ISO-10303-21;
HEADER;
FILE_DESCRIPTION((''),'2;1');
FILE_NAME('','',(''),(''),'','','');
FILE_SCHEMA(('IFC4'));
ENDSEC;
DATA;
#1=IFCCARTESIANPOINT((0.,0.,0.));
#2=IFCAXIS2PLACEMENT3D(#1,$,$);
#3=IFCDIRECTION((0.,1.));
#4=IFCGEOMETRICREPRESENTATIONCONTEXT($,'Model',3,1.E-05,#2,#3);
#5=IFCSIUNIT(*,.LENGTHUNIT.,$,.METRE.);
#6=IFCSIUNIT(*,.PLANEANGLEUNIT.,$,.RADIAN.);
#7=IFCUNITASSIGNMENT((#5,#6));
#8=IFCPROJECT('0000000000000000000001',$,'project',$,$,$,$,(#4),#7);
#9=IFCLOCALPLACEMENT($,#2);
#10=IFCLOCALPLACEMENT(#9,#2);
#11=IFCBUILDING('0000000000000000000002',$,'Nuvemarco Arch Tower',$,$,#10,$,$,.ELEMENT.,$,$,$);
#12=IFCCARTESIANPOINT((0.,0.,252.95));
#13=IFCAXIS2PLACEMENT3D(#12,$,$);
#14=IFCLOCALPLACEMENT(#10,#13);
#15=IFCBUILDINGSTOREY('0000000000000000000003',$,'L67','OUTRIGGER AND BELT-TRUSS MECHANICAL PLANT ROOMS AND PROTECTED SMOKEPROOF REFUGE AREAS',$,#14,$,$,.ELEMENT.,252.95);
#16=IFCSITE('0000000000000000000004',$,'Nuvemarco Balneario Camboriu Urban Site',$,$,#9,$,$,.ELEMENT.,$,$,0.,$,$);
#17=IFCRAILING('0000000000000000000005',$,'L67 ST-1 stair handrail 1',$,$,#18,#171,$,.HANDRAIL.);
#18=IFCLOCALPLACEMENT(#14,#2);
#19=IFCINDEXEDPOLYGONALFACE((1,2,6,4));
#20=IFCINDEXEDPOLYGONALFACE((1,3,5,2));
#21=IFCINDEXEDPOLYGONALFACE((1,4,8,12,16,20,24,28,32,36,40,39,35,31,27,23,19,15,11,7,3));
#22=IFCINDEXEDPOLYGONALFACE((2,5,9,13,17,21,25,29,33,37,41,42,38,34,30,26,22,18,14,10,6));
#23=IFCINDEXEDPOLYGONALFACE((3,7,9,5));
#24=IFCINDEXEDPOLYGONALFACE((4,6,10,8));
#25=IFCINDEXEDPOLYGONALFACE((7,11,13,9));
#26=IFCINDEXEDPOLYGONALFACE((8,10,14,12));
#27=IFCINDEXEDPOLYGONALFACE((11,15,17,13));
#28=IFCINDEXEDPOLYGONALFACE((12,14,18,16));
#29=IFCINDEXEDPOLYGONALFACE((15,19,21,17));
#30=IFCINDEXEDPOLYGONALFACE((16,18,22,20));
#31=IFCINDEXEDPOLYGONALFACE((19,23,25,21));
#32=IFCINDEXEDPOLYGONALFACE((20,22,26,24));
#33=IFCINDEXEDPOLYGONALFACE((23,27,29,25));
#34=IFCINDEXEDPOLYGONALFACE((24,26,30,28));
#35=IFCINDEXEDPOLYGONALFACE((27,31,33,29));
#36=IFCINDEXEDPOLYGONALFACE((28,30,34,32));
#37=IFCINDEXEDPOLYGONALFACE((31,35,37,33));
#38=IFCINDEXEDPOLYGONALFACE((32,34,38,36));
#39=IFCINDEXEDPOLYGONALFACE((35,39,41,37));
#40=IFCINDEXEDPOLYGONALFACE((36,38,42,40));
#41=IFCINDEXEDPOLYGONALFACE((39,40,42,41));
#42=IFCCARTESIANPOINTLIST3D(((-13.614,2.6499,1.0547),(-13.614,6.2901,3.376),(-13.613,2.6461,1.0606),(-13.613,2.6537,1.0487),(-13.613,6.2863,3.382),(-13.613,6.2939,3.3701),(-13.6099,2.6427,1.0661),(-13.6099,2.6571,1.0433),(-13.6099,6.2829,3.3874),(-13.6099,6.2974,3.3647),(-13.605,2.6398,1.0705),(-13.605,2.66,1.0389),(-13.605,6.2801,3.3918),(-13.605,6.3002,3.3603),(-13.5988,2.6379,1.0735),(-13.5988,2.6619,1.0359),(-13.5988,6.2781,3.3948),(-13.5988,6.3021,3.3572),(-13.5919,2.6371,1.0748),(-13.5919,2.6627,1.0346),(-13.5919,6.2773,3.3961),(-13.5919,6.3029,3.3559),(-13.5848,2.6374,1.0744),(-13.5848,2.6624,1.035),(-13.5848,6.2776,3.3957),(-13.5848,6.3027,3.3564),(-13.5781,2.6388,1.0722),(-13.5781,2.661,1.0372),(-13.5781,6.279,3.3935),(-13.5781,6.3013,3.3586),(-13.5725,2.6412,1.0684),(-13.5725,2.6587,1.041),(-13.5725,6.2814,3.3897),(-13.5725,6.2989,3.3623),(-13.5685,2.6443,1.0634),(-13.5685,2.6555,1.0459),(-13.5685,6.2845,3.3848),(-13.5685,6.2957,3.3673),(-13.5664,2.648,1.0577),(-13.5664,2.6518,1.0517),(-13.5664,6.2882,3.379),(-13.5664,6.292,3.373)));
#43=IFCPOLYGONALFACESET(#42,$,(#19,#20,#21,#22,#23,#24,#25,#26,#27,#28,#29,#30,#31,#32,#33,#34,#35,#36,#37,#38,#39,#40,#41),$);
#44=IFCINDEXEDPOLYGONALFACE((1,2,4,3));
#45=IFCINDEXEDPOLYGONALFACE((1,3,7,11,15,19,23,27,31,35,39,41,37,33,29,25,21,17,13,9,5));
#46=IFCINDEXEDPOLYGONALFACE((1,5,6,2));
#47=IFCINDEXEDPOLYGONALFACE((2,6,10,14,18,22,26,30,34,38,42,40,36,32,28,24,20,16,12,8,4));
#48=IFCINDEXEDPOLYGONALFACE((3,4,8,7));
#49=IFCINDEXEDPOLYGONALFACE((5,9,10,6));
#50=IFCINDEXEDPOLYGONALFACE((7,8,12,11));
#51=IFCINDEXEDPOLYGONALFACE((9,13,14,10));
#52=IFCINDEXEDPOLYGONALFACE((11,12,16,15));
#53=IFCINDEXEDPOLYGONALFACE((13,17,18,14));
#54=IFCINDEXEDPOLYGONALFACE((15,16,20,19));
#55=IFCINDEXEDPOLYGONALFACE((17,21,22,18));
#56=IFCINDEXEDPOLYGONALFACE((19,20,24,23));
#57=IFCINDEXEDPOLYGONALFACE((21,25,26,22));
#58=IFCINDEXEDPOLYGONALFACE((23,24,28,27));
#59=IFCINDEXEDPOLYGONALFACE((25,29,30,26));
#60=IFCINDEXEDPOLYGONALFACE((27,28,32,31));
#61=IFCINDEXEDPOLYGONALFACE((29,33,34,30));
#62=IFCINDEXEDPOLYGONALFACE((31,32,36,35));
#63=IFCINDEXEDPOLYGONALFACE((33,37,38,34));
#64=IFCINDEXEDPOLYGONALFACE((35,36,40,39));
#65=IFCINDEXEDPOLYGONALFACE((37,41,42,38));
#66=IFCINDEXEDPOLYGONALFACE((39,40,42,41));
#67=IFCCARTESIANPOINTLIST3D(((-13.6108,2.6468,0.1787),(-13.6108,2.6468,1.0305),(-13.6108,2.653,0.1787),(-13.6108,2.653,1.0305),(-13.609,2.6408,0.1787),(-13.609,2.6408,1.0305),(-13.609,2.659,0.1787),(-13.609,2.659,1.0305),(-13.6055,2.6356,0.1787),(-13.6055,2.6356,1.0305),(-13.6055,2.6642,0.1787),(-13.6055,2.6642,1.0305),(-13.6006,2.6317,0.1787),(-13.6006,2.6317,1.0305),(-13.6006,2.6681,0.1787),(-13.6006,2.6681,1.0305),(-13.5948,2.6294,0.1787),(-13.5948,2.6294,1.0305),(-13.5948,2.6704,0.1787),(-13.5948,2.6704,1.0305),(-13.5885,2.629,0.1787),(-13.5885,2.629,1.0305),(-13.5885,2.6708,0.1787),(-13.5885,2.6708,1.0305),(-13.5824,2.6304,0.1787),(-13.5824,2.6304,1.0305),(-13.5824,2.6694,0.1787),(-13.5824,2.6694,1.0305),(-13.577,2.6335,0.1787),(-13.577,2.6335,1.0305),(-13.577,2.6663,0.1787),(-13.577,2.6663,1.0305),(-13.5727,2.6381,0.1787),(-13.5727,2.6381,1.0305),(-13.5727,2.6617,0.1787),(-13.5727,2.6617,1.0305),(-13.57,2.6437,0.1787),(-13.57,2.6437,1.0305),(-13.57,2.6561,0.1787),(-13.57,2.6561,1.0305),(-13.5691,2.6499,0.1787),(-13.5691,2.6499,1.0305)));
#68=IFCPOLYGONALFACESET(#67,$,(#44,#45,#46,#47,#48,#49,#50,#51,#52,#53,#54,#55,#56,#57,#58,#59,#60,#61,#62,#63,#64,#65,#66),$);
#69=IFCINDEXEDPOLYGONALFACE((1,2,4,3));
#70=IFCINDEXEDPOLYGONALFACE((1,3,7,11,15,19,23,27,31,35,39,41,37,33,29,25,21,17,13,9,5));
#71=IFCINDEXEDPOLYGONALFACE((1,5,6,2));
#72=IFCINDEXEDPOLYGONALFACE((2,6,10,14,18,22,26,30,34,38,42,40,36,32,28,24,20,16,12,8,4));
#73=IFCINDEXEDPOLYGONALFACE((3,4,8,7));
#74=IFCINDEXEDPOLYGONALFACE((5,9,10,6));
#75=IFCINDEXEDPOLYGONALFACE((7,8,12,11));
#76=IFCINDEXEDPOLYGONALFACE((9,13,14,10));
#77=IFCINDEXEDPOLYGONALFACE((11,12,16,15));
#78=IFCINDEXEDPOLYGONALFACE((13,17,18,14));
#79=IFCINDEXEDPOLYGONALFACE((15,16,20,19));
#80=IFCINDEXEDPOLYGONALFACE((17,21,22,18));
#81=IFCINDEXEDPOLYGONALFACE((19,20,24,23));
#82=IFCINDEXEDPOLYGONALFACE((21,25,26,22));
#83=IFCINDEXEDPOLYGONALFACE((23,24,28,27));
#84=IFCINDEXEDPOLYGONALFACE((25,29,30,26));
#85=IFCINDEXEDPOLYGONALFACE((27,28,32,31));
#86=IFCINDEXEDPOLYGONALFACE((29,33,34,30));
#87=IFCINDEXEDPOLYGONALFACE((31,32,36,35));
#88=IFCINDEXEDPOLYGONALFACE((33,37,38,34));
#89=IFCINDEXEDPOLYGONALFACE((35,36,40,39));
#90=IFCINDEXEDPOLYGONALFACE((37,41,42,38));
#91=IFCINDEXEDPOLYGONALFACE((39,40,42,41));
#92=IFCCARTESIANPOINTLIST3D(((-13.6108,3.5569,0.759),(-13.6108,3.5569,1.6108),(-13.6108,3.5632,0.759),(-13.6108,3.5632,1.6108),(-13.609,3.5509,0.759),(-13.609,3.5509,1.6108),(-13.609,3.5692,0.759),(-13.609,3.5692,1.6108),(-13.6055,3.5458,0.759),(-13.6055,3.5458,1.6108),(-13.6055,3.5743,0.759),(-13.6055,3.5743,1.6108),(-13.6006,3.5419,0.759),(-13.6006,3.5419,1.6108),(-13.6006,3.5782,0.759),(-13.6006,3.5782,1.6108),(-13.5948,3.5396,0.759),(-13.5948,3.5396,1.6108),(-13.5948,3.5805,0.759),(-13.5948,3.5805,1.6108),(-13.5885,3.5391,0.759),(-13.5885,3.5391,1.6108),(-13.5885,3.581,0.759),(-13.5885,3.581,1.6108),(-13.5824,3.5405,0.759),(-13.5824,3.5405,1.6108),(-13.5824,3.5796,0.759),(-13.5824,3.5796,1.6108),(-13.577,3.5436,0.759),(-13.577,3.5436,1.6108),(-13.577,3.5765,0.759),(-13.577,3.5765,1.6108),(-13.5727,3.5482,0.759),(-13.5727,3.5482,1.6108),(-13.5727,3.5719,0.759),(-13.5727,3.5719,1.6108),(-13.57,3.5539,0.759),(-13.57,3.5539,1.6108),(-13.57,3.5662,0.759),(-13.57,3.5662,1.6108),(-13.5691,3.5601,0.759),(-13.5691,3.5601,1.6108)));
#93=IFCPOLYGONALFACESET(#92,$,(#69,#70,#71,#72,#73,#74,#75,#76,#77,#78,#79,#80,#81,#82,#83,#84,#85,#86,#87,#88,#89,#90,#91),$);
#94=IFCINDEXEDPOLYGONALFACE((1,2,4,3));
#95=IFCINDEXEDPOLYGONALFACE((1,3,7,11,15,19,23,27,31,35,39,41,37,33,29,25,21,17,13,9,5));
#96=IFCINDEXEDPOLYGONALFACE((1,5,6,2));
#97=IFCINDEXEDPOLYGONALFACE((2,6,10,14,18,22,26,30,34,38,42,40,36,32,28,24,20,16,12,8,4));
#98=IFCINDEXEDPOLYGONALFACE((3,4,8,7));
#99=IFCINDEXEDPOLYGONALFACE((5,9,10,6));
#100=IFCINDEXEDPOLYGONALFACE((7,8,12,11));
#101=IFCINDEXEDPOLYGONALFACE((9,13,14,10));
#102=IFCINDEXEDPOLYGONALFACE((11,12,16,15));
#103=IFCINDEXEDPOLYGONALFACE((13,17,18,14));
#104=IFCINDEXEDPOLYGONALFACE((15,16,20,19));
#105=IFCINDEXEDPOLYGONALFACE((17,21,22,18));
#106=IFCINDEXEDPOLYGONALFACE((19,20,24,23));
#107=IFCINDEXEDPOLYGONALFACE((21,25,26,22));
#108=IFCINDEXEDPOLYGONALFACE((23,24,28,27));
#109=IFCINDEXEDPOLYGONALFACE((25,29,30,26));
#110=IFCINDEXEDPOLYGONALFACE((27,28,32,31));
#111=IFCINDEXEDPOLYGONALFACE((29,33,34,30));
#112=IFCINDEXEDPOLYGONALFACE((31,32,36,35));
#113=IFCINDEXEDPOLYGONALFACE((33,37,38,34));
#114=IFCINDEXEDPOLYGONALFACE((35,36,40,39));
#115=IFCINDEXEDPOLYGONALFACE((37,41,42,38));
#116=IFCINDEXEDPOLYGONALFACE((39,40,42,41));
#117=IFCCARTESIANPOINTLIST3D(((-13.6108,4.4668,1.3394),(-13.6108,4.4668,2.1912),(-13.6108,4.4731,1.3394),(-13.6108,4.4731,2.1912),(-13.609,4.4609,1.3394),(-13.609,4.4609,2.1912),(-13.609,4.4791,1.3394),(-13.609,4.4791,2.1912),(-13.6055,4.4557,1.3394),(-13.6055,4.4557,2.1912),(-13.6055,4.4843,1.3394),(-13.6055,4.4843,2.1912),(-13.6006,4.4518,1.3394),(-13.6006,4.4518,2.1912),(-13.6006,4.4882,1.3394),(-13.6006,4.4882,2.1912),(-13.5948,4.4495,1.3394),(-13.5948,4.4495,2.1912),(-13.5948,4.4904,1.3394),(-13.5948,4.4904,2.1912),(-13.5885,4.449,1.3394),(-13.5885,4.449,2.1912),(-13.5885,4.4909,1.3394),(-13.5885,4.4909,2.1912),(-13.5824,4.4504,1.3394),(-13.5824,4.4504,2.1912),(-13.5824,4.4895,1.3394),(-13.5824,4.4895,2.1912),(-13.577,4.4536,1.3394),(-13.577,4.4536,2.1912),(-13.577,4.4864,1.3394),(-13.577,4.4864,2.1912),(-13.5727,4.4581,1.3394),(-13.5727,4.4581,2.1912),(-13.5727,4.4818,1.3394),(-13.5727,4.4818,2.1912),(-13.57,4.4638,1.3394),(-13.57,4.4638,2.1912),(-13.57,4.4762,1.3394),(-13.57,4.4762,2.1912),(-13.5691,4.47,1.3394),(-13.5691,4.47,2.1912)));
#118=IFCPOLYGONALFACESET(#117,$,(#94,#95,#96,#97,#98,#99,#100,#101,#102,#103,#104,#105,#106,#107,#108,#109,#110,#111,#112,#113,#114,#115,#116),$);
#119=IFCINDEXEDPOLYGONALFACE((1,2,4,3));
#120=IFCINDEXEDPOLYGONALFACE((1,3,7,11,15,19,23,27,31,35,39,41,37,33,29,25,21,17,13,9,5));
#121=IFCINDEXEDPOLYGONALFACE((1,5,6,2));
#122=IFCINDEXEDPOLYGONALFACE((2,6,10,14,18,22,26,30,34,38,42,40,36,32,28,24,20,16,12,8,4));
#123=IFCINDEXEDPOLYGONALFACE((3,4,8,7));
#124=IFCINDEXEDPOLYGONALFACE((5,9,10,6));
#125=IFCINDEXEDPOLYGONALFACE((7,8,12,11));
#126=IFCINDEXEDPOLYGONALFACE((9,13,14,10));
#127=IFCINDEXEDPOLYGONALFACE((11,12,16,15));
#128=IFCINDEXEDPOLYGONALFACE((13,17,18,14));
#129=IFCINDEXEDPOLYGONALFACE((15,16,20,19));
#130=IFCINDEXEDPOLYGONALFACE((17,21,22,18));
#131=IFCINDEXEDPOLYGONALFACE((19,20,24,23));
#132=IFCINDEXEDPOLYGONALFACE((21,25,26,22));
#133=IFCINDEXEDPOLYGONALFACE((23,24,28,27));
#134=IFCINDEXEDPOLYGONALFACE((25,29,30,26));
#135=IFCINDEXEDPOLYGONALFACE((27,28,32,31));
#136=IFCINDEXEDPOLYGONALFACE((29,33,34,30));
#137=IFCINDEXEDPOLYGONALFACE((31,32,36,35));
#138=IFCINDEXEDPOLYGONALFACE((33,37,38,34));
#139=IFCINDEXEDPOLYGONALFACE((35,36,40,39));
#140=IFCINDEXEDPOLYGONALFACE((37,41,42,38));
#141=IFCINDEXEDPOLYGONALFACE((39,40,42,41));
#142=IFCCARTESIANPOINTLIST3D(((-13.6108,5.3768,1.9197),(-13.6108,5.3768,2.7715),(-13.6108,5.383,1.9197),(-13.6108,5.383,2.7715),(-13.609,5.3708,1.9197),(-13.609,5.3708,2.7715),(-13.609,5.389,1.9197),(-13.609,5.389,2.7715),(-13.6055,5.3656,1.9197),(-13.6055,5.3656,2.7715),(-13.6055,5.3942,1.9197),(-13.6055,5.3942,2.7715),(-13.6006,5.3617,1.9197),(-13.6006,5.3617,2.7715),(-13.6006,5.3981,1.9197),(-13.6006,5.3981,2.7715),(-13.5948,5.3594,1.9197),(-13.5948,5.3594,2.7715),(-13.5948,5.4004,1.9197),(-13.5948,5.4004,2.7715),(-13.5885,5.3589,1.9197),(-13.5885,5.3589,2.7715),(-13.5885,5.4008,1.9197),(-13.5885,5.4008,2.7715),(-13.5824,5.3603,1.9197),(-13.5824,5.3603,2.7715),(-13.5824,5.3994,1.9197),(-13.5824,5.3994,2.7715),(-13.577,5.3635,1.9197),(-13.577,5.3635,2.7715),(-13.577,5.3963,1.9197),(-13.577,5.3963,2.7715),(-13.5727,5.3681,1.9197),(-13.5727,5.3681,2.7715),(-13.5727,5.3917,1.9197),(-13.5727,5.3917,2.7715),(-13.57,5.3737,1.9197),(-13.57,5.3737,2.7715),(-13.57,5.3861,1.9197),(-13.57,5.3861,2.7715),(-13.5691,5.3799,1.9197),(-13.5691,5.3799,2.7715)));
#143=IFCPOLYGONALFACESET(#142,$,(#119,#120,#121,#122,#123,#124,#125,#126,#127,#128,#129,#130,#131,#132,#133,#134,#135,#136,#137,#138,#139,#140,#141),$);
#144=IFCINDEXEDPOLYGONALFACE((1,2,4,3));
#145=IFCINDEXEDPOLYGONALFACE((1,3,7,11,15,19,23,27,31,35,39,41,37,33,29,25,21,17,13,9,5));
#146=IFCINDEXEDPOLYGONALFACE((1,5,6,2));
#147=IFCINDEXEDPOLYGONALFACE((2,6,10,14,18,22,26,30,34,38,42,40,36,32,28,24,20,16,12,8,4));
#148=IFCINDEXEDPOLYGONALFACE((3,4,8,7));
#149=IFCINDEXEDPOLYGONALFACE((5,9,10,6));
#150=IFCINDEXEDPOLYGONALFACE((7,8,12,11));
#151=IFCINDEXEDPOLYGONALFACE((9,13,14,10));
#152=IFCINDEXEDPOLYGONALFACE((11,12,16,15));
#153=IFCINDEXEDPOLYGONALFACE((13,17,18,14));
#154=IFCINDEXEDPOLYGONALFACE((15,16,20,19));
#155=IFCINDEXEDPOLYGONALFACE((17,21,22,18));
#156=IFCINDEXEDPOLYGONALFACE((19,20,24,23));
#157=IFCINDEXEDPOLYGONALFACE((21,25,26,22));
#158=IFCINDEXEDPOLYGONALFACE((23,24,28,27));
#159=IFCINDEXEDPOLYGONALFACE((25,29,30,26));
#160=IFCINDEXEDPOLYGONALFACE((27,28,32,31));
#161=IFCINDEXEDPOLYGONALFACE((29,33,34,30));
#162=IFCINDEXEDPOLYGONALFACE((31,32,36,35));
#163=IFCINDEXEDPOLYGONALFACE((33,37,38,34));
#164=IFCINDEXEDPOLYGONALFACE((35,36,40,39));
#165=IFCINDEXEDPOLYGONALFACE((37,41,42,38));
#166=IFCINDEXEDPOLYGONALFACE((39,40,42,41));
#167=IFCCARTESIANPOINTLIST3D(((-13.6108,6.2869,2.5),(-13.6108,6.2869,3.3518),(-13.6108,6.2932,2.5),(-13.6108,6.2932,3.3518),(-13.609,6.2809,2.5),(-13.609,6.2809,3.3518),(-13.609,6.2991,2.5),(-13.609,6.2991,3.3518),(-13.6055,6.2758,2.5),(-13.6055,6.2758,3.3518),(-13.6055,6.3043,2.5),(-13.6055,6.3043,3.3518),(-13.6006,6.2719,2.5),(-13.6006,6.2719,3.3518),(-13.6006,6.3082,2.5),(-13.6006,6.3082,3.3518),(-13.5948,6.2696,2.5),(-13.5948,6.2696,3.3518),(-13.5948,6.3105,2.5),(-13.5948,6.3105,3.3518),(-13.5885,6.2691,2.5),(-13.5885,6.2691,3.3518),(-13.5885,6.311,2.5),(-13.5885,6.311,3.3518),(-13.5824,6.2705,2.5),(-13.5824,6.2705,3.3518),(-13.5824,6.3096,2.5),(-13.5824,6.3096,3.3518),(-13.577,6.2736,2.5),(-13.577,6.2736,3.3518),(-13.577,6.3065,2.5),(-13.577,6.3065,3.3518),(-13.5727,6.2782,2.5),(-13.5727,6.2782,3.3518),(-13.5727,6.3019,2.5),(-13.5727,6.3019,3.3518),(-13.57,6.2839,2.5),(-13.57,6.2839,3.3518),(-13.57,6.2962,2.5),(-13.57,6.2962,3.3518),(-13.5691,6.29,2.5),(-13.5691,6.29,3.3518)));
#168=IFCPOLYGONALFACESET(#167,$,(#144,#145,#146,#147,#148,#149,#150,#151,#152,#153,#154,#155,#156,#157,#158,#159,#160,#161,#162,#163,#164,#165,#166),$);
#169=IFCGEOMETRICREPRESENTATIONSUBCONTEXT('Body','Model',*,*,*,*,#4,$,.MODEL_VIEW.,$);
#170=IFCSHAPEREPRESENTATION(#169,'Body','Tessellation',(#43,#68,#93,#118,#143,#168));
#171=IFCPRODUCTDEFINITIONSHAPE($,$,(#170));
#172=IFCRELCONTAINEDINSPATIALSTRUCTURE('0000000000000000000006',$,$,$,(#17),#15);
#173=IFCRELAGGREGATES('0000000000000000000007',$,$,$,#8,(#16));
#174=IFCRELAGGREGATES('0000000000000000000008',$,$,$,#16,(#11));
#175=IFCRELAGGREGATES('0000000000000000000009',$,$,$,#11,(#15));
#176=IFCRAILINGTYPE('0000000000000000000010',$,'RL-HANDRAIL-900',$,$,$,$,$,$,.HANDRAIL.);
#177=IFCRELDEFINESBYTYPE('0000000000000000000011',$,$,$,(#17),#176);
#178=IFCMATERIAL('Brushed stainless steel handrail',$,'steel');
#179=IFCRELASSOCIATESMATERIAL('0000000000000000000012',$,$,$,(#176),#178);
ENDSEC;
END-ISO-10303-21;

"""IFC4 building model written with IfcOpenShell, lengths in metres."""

from ifc_helpers import new_model, si_unit, direction, frame, origin, origin_2d, place, context, subcontext, project, spatial, circle, extrude, material, type_object, element, save


model = new_model("IFC4")

# Units and contexts
model_context = context("Model", 3, precision=1e-05, world=origin(), true_north=direction((0.0, 1.0)))
body_context = subcontext(model_context, "Body", "Model", "MODEL_VIEW")
ifc_project = project(units=[si_unit("LENGTHUNIT", "METRE"), si_unit("PLANEANGLEUNIT", "RADIAN")], contexts=[model_context])

# Site, building, storey
site_placement = place(None, origin())
site = spatial("IfcSite", under=ifc_project, at=site_placement, Name="Nuvemarco Balneario Camboriu Urban Site", CompositionType="ELEMENT", RefElevation=0.0)
building_placement = place(site_placement, origin())
building = spatial("IfcBuilding", under=site, at=building_placement, Name="Nuvemarco Arch Tower", CompositionType="ELEMENT")
storey_placement = place(building_placement, frame((0.0, 0.0, 252.95)))
storey = spatial("IfcBuildingStorey", under=building, at=storey_placement, Name="L67", Description="OUTRIGGER AND BELT-TRUSS MECHANICAL PLANT ROOMS AND PROTECTED SMOKEPROOF REFUGE AREAS", CompositionType="ELEMENT", Elevation=252.95)

# Railing
ifc_material_1 = material(Name="Brushed stainless steel handrail", Category="steel")
railing_type_1 = type_object("IfcRailingType", Name="RL-HANDRAIL-900", PredefinedType="HANDRAIL", material=ifc_material_1)
railing_1_placement = place(storey_placement, frame((-13.5901, 2.6499, 0.1787)))
element("IfcRailing", 1, at=railing_1_placement, inside=storey, type_object=railing_type_1, Name="L67 ST-1 stair handrail 1", PredefinedType="HANDRAIL", context=body_context, shape_type="SweptSolid", body=[
    extrude(circle(Radius=0.0239, at=origin_2d()), frame((0.0, 0.0, 0.876), z_axis=(0.0, 0.843153, 0.537673), x_axis=(-1.0, 0.0, 0.0)), (0.0, 0.0, 1.0), 4.3174),
    extrude(circle(Radius=0.021, at=origin_2d()), origin(), (0.0, 0.0, 1.0), 0.8518),
    extrude(circle(Radius=0.021, at=origin_2d()), frame((0.0, 0.9102, 0.5803)), (0.0, 0.0, 1.0), 0.8518),
    extrude(circle(Radius=0.021, at=origin_2d()), frame((0.0, 1.8201, 1.1606)), (0.0, 0.0, 1.0), 0.8518),
    extrude(circle(Radius=0.021, at=origin_2d()), frame((0.0, 2.73, 1.741)), (0.0, 0.0, 1.0), 0.8518),
    extrude(circle(Radius=0.021, at=origin_2d()), frame((0.0, 3.6401, 2.3213)), (0.0, 0.0, 1.0), 0.8518),
])

save(model, "model.ifc")
